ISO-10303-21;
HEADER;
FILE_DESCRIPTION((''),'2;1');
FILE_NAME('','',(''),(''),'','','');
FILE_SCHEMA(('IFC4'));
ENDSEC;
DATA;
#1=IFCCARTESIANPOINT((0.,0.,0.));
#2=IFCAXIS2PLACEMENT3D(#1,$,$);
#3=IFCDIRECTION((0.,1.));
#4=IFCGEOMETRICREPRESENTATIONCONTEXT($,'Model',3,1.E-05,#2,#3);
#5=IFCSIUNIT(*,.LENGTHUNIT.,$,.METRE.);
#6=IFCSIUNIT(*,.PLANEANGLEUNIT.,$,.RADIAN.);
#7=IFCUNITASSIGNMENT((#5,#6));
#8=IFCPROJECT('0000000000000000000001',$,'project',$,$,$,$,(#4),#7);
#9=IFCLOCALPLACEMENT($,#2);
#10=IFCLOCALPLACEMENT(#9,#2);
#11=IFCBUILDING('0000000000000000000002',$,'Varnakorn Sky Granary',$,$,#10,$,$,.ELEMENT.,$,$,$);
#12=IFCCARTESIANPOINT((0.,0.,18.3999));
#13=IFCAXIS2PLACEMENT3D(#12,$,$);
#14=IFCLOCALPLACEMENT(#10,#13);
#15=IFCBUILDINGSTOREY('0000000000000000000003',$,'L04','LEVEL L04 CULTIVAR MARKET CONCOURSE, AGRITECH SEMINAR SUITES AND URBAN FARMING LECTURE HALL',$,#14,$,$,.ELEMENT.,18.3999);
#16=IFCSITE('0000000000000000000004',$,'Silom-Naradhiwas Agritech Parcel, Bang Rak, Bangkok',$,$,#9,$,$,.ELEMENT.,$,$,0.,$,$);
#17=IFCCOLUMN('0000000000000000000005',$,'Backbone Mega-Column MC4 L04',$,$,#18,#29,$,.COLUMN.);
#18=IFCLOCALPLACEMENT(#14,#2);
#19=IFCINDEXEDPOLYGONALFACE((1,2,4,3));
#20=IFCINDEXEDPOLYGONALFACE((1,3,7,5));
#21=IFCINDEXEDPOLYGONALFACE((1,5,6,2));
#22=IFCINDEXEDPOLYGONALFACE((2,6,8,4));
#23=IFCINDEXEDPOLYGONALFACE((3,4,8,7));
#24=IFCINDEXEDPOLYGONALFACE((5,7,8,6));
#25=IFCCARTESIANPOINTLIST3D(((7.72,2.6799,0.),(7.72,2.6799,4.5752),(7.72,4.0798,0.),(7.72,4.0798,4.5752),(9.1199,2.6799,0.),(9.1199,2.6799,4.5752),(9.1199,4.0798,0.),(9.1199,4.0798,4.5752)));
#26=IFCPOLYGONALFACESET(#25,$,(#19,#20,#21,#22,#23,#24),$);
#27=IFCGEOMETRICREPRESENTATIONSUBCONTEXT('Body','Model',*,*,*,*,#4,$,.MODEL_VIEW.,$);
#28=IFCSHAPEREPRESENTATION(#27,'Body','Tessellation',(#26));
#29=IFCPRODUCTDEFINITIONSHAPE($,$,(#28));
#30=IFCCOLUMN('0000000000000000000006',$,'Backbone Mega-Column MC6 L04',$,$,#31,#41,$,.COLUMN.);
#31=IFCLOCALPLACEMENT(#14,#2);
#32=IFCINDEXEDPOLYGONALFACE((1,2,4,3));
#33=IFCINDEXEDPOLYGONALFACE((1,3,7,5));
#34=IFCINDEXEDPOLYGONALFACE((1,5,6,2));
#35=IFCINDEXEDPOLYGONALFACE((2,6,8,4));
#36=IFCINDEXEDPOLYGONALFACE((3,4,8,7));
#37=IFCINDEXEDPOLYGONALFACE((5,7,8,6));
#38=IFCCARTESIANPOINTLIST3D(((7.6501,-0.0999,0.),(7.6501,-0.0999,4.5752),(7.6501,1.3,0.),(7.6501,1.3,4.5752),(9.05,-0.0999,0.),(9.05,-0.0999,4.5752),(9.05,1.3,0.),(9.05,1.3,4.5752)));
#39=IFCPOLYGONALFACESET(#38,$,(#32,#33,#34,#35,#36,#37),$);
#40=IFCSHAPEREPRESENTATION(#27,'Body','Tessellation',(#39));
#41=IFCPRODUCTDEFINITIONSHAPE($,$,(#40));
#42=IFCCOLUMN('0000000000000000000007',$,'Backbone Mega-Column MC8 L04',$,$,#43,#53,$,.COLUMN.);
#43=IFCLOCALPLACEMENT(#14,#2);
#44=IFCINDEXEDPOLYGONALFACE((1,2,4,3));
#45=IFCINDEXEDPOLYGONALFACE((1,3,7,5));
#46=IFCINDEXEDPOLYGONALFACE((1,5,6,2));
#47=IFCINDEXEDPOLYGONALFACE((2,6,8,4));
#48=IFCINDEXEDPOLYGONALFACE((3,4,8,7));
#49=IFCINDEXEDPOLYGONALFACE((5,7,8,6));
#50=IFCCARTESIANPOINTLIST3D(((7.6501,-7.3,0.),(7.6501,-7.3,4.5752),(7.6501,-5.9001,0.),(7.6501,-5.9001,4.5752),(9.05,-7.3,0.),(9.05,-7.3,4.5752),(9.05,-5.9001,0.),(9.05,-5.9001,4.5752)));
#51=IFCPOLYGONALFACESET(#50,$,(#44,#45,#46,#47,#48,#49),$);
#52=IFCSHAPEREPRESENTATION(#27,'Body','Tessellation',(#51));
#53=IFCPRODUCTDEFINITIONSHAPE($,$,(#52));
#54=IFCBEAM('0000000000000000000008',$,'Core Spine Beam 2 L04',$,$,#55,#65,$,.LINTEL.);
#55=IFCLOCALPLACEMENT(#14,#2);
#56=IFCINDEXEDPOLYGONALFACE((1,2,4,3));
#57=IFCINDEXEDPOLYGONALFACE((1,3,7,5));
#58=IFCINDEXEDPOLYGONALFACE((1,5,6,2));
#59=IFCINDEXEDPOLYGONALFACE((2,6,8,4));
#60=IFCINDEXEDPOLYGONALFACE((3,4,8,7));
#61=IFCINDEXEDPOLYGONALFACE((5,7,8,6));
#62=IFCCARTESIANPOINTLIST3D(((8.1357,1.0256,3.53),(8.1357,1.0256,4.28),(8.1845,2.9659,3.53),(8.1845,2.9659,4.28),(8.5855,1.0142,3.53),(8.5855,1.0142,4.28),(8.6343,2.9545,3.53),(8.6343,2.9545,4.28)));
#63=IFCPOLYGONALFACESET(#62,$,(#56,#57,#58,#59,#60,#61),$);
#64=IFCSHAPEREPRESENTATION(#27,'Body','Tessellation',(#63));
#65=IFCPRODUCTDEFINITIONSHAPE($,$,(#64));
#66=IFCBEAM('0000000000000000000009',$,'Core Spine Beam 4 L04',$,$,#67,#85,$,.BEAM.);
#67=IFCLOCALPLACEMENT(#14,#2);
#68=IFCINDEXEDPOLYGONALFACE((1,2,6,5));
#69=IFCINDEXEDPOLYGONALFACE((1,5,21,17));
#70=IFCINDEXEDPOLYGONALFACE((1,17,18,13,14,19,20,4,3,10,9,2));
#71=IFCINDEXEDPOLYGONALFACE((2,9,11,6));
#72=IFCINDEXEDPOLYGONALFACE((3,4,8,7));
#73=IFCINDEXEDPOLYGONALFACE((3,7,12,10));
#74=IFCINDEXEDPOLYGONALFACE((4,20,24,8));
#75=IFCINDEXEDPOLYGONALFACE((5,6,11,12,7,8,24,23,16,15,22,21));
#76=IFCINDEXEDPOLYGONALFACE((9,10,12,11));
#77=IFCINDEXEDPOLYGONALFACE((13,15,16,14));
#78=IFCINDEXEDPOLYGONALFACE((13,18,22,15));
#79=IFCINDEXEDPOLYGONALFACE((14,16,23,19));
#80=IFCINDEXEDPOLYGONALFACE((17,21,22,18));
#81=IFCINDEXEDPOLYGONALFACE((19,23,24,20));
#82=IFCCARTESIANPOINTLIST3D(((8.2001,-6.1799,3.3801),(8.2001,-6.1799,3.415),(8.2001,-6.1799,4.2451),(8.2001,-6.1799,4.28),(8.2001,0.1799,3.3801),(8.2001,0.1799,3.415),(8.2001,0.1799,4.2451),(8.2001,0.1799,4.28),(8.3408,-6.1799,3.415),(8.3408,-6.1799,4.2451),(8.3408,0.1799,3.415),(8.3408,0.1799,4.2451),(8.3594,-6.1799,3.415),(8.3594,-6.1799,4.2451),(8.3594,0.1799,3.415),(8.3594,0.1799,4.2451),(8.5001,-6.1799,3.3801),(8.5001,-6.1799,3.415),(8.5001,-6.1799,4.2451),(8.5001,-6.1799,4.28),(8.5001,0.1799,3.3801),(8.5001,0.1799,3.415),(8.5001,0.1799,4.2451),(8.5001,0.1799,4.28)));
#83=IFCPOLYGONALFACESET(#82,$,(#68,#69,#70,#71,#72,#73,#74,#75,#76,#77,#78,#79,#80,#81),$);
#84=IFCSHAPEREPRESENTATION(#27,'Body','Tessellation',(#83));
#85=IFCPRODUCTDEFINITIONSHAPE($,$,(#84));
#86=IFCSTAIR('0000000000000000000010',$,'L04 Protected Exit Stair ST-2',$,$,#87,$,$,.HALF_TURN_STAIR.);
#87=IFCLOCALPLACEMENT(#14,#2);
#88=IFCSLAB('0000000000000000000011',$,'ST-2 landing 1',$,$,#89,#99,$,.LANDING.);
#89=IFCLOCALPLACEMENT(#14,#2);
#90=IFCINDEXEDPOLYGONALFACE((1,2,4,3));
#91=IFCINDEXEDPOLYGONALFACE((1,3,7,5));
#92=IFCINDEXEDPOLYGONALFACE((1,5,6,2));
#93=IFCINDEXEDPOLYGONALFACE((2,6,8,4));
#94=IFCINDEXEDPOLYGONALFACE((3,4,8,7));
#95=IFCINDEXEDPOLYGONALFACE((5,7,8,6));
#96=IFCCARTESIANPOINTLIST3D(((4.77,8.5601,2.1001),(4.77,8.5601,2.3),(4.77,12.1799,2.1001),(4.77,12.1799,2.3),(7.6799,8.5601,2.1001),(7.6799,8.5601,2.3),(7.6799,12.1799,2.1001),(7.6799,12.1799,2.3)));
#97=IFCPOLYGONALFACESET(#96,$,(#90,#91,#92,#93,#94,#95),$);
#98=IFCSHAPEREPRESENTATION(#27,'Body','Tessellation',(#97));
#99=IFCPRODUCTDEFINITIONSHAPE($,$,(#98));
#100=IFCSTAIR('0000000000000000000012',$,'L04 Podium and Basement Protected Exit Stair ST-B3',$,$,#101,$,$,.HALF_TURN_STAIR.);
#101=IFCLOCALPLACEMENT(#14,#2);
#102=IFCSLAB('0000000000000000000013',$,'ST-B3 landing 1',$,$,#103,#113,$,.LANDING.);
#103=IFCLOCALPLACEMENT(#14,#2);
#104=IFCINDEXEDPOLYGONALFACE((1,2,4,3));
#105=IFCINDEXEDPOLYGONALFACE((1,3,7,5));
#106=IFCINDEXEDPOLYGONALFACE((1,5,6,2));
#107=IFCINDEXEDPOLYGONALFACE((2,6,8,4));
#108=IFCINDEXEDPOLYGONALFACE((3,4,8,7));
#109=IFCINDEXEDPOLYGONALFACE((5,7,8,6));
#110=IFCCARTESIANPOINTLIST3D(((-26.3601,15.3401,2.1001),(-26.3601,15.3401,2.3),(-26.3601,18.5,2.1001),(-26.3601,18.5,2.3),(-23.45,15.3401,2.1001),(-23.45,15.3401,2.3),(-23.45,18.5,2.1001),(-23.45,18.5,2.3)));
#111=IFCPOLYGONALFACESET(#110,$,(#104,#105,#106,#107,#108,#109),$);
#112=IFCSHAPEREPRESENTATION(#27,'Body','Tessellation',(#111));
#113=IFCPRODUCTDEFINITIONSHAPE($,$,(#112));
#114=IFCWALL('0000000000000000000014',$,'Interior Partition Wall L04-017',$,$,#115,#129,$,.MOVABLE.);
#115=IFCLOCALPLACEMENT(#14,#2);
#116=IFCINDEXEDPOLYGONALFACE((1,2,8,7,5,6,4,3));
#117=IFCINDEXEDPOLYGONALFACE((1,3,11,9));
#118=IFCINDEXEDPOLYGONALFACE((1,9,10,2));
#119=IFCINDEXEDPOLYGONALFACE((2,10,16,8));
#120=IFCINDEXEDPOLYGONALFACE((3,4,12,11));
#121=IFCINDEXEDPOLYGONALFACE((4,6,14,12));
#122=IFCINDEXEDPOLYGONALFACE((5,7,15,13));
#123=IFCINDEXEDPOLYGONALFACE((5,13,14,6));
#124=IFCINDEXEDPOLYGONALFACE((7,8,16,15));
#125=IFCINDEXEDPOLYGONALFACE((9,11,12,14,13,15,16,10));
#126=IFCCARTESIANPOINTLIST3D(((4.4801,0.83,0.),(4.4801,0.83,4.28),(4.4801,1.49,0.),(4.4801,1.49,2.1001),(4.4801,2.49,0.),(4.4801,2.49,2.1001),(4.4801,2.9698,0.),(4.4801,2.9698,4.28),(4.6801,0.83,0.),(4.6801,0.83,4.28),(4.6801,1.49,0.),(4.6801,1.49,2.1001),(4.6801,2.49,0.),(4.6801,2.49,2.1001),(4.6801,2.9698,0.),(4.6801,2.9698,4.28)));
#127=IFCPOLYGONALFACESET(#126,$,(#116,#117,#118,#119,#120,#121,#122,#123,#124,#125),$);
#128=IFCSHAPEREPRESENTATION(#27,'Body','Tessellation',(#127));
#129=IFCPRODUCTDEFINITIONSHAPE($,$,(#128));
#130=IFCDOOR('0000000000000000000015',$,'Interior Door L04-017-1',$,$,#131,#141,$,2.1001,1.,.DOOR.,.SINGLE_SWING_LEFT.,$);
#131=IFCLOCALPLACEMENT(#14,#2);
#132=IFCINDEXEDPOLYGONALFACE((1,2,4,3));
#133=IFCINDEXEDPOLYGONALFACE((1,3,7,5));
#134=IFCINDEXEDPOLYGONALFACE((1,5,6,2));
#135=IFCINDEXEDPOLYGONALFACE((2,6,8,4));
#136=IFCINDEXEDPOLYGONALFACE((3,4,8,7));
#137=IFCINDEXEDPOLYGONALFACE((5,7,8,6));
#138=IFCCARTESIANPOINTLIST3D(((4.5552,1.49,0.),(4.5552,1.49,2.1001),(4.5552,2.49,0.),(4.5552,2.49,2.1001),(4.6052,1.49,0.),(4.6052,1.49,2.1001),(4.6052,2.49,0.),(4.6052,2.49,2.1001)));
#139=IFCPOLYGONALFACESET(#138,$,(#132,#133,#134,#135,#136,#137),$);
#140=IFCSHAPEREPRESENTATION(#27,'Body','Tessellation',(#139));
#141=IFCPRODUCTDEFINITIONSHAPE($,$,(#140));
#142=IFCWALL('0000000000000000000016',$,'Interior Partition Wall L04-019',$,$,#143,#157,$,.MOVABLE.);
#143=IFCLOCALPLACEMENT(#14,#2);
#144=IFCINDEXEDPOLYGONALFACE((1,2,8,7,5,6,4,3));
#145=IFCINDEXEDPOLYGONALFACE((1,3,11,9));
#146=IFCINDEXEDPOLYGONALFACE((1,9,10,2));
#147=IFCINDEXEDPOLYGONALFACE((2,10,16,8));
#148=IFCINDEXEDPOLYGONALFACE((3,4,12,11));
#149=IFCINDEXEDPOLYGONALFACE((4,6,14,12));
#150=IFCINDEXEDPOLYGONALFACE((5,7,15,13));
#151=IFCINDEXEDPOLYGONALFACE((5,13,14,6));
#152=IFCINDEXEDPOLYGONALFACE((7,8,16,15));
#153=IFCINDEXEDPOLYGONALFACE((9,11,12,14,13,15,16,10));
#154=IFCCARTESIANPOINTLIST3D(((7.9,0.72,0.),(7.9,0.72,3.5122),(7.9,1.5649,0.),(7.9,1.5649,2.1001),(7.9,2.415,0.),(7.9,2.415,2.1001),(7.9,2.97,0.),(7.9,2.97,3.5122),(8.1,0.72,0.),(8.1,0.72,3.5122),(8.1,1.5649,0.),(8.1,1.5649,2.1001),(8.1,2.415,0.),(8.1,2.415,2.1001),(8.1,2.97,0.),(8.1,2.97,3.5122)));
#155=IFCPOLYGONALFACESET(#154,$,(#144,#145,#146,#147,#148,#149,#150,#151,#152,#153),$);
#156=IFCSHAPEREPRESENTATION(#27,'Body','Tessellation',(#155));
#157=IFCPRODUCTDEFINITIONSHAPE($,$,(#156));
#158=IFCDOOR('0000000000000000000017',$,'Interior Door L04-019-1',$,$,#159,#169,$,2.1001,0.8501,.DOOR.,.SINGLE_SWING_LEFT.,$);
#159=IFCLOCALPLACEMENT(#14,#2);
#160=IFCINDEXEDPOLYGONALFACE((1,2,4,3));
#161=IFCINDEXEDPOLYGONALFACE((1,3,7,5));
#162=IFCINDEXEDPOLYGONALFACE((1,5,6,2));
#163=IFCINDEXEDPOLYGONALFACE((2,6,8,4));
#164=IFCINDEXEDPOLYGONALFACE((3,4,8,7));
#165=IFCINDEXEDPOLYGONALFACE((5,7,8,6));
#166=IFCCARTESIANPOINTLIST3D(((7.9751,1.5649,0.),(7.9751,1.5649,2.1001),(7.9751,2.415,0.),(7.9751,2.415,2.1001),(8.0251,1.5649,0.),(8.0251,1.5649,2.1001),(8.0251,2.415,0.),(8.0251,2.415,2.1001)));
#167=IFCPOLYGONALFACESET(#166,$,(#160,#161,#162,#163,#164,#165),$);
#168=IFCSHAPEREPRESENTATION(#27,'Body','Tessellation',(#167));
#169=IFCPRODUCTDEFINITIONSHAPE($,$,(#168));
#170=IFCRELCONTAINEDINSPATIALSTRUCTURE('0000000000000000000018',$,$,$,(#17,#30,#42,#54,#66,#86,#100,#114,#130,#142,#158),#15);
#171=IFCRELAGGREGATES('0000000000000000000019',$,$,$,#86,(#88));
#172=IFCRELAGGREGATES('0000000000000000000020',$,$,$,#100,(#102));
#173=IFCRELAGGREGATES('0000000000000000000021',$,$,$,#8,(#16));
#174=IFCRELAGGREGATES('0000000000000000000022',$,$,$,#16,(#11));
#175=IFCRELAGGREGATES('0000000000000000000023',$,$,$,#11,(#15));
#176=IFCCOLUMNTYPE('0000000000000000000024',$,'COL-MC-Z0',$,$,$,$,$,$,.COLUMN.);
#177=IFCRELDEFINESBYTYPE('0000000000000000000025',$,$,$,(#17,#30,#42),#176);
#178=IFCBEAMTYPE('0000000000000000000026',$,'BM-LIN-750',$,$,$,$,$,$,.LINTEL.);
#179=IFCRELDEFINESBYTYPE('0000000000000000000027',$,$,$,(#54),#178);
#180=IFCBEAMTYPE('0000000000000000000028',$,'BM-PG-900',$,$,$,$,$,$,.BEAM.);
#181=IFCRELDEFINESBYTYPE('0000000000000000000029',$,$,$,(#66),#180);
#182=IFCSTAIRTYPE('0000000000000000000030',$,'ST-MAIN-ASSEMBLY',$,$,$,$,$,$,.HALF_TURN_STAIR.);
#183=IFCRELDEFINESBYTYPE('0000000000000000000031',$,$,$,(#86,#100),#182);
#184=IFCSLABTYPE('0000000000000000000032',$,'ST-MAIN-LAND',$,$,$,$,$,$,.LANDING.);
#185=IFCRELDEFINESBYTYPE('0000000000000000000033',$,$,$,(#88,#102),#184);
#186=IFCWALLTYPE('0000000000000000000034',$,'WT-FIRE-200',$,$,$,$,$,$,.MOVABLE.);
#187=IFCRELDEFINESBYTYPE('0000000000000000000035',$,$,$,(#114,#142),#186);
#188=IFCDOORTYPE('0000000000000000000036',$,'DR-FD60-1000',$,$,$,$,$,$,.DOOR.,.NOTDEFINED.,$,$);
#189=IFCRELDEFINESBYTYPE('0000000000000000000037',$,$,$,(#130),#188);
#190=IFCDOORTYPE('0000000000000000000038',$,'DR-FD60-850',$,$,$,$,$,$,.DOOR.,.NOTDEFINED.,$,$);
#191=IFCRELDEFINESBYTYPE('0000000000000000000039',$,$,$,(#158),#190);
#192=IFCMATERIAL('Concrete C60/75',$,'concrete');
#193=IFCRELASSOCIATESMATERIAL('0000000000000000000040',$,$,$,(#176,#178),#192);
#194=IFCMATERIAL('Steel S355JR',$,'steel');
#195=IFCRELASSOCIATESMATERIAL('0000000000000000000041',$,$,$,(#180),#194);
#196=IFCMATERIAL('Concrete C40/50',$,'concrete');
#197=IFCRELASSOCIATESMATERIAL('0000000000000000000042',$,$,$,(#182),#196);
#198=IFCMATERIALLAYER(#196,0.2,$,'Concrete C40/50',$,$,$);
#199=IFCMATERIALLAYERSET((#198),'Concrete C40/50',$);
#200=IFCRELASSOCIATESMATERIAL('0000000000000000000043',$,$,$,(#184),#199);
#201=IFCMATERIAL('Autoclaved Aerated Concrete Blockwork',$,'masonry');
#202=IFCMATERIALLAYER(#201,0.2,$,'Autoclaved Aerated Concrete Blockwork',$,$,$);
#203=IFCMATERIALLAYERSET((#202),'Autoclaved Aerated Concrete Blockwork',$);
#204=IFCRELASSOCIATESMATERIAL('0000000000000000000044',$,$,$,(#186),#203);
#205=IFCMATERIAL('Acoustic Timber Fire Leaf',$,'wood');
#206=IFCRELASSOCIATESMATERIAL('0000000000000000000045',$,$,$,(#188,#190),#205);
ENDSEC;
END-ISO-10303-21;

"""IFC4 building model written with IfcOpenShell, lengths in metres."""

from ifc_helpers import new_model, si_unit, direction, frame, frame_2d, origin, origin_2d, place, context, subcontext, project, spatial, polyline, rectangle, i_section, outline, extrude, material, layer, layer_set, material_profile, profile_set, type_object, element, fill, aggregate, save


model = new_model("IFC4")

# Units and contexts
model_context = context("Model", 3, precision=1e-05, world=origin(), true_north=direction((0.0, 1.0)))
body_context = subcontext(model_context, "Body", "Model", "MODEL_VIEW")
ifc_project = project(units=[si_unit("LENGTHUNIT", "METRE"), si_unit("PLANEANGLEUNIT", "RADIAN")], contexts=[model_context])

# Site, building, storey
site_placement = place(None, origin())
site = spatial("IfcSite", under=ifc_project, at=site_placement, Name="Silom-Naradhiwas Agritech Parcel, Bang Rak, Bangkok", CompositionType="ELEMENT", RefElevation=0.0)
building_placement = place(site_placement, origin())
building = spatial("IfcBuilding", under=site, at=building_placement, Name="Varnakorn Sky Granary", CompositionType="ELEMENT")
storey_placement = place(building_placement, frame((0.0, 0.0, 18.3999)))
storey = spatial("IfcBuildingStorey", under=building, at=storey_placement, Name="L04", Description="LEVEL L04 CULTIVAR MARKET CONCOURSE, AGRITECH SEMINAR SUITES AND URBAN FARMING LECTURE HALL", CompositionType="ELEMENT", Elevation=18.3999)

# Columns
ifc_material_1 = material(Name="Concrete C60/75", Category="concrete")
ifc_material_profile_1 = material_profile(ifc_material_1, rectangle(XDim=1.3999, YDim=1.3999, at=origin_2d()), Name="RC 1400x1400")
ifc_profile_set_1 = profile_set([ifc_material_profile_1], Name="Concrete C60/75")
column_type = type_object("IfcColumnType", Name="COL-MC-Z0", PredefinedType="COLUMN", material=ifc_profile_set_1)
for number, where, z_axis, x_axis, name in (
    (1, (8.4199, 3.3799, 0.0), (0.0, 0.0, 1.0), (1.0, 0.0, 0.0), "Backbone Mega-Column MC4 L04"),
    (2, (8.3501, 0.6001, 0.0), (0.0, 0.0, 1.0), (1.0, 0.0, 0.0), "Backbone Mega-Column MC6 L04"),
    (3, (8.3501, -6.6001, 0.0), (0.0, 0.0, 1.0), (1.0, 0.0, 0.0), "Backbone Mega-Column MC8 L04"),
):
    element("IfcColumn", number, at=place(storey_placement, frame(where, z_axis=z_axis, x_axis=x_axis)), inside=storey, type_object=column_type, Name=name, PredefinedType="COLUMN", context=body_context, shape_type="SweptSolid", body=[
        extrude(rectangle(XDim=1.3999, YDim=1.3999, at=origin_2d()), origin(), (0.0, 0.0, 1.0), 4.5752),
    ])

# Beams
ifc_material_profile_2 = material_profile(ifc_material_1, rectangle(XDim=0.45, YDim=0.75, at=origin_2d()), Name="RC 450x750")
ifc_profile_set_2 = profile_set([ifc_material_profile_2], Name="Concrete C60/75")
beam_type_1 = type_object("IfcBeamType", Name="BM-LIN-750", PredefinedType="LINTEL", material=ifc_profile_set_2)
beam_1_placement = place(storey_placement, frame((8.4094, 2.9602, 3.905), z_axis=(-0.025159, -0.999683, 0.0), x_axis=(0.999683, -0.025159, 0.0)))
element("IfcBeam", 4, at=beam_1_placement, inside=storey, type_object=beam_type_1, Name="Core Spine Beam 2 L04", PredefinedType="LINTEL", context=body_context, shape_type="SweptSolid", body=[
    extrude(rectangle(XDim=0.45, YDim=0.75, at=origin_2d()), origin(), (0.0, 0.0, 1.0), 1.9409),
])
ifc_material_2 = material(Name="Steel S355JR", Category="steel")
ifc_material_profile_3 = material_profile(ifc_material_2, i_section(OverallWidth=0.3, OverallDepth=0.8999, WebThickness=0.0186, FlangeThickness=0.0349, at=origin_2d()), Name="HE 900 B")
ifc_profile_set_3 = profile_set([ifc_material_profile_3], Name="Steel S355JR")
beam_type_2 = type_object("IfcBeamType", Name="BM-PG-900", PredefinedType="BEAM", material=ifc_profile_set_3)
beam_2_placement = place(storey_placement, frame((8.3501, 0.1799, 3.8301), z_axis=(0.0, -1.0, 0.0), x_axis=(1.0, 0.0, 0.0)))
element("IfcBeam", 5, at=beam_2_placement, inside=storey, type_object=beam_type_2, Name="Core Spine Beam 4 L04", PredefinedType="BEAM", context=body_context, shape_type="SweptSolid", body=[
    extrude(i_section(OverallWidth=0.3, OverallDepth=0.8999, WebThickness=0.0186, FlangeThickness=0.0349, at=origin_2d()), origin(), (0.0, 0.0, 1.0), 6.3599),
])

# Stairs, slabs
ifc_material_3 = material(Name="Concrete C40/50", Category="concrete")
stair_type = type_object("IfcStairType", Name="ST-MAIN-ASSEMBLY", PredefinedType="HALF_TURN_STAIR", material=ifc_material_3)
stair_1_placement = place(storey_placement, origin())
stair_1 = element("IfcStair", 6, at=stair_1_placement, inside=storey, type_object=stair_type, Name="L04 Protected Exit Stair ST-2", PredefinedType="HALF_TURN_STAIR")
ifc_layer_1 = layer(ifc_material_3, 0.2, Name="Concrete C40/50")
ifc_layer_set_1 = layer_set([ifc_layer_1], Name="Concrete C40/50")
slab_type = type_object("IfcSlabType", Name="ST-MAIN-LAND", PredefinedType="LANDING", material=ifc_layer_set_1)
slab_1_placement = place(storey_placement, frame((0.0, 0.0, 2.1001)))
slab_1 = element("IfcSlab", 7, at=slab_1_placement, type_object=slab_type, Name="ST-2 landing 1", PredefinedType="LANDING", context=body_context, shape_type="SweptSolid", body=[
    extrude(outline(polyline([(7.6799, 8.5601), (7.6799, 12.1799), (4.77, 12.1799), (4.77, 8.5601), (7.6799, 8.5601)])), origin(), (0.0, 0.0, 1.0), 0.2),
])
aggregate(stair_1, [slab_1])
stair_2_placement = place(storey_placement, origin())
stair_2 = element("IfcStair", 8, at=stair_2_placement, inside=storey, type_object=stair_type, Name="L04 Podium and Basement Protected Exit Stair ST-B3", PredefinedType="HALF_TURN_STAIR")
slab_2_placement = place(storey_placement, frame((0.0, 0.0, 2.1001)))
slab_2 = element("IfcSlab", 9, at=slab_2_placement, type_object=slab_type, Name="ST-B3 landing 1", PredefinedType="LANDING", context=body_context, shape_type="SweptSolid", body=[
    extrude(outline(polyline([(-23.45, 15.3401), (-23.45, 18.5), (-26.3601, 18.5), (-26.3601, 15.3401), (-23.45, 15.3401)])), origin(), (0.0, 0.0, 1.0), 0.2),
])
aggregate(stair_2, [slab_2])

# Walls, openings, doors
ifc_material_4 = material(Name="Autoclaved Aerated Concrete Blockwork", Category="masonry")
ifc_layer_2 = layer(ifc_material_4, 0.2, Name="Autoclaved Aerated Concrete Blockwork")
ifc_layer_set_2 = layer_set([ifc_layer_2], Name="Autoclaved Aerated Concrete Blockwork")
wall_type_1 = type_object("IfcWallType", Name="WT-FIRE-200", PredefinedType="MOVABLE", material=ifc_layer_set_2)
wall_1_placement = place(storey_placement, frame((4.5801, 0.8301, 0.0), z_axis=(0.0, 0.0, 1.0), x_axis=(0.0, 1.0, 0.0)))
wall_1 = element("IfcWall", 10, at=wall_1_placement, inside=storey, type_object=wall_type_1, Name="Interior Partition Wall L04-017", PredefinedType="MOVABLE", context=body_context, shape_type="SweptSolid", body=[
    extrude(rectangle(XDim=2.1399, YDim=0.2, at=frame_2d((1.0698, 0.0))), origin(), (0.0, 0.0, 1.0), 4.28),
])
opening_1_placement = place(wall_1_placement, frame((0.6599, 0.0, 0.0)))
opening_1 = element("IfcOpeningElement", 11, at=opening_1_placement, cuts=wall_1, PredefinedType="OPENING", context=body_context, shape_type="SweptSolid", body=[
    extrude(rectangle(XDim=1.0, YDim=2.1001, at=frame_2d((0.5, 1.05))), frame((0.0, 0.1099, 0.0), z_axis=(0.0, -1.0, 0.0), x_axis=(1.0, 0.0, 0.0)), (0.0, 0.0, 1.0), 0.22),
])
ifc_material_5 = material(Name="Acoustic Timber Fire Leaf", Category="wood")
door_type_1 = type_object("IfcDoorType", Name="DR-FD60-1000", OperationType="NOTDEFINED", PredefinedType="DOOR", material=ifc_material_5)
door_1_placement = place(opening_1_placement, origin())
door_1 = element("IfcDoor", 12, at=door_1_placement, inside=storey, type_object=door_type_1, Name="Interior Door L04-017-1", OperationType="SINGLE_SWING_LEFT", OverallHeight=2.1001, OverallWidth=1.0, PredefinedType="DOOR", context=body_context, shape_type="SweptSolid", body=[
    extrude(rectangle(XDim=1.0, YDim=2.1001, at=frame_2d((0.5, 1.05))), frame((0.0, 0.0249, 0.0), z_axis=(0.0, -1.0, 0.0), x_axis=(1.0, 0.0, 0.0)), (0.0, 0.0, 1.0), 0.05),
])
fill(opening_1, door_1)
wall_2_placement = place(storey_placement, frame((8.0, 0.72, 0.0), z_axis=(0.0, 0.0, 1.0), x_axis=(0.0, 1.0, 0.0)))
wall_2 = element("IfcWall", 13, at=wall_2_placement, inside=storey, type_object=wall_type_1, Name="Interior Partition Wall L04-019", PredefinedType="MOVABLE", context=body_context, shape_type="SweptSolid", body=[
    extrude(rectangle(XDim=2.25, YDim=0.2, at=frame_2d((1.125, 0.0))), origin(), (0.0, 0.0, 1.0), 3.5122),
])
opening_2_placement = place(wall_2_placement, frame((0.845, 0.0, 0.0)))
opening_2 = element("IfcOpeningElement", 14, at=opening_2_placement, cuts=wall_2, PredefinedType="OPENING", context=body_context, shape_type="SweptSolid", body=[
    extrude(rectangle(XDim=0.8501, YDim=2.1001, at=frame_2d((0.425, 1.05))), frame((0.0, 0.1099, 0.0), z_axis=(0.0, -1.0, 0.0), x_axis=(1.0, 0.0, 0.0)), (0.0, 0.0, 1.0), 0.22),
])
door_type_2 = type_object("IfcDoorType", Name="DR-FD60-850", OperationType="NOTDEFINED", PredefinedType="DOOR", material=ifc_material_5)
door_2_placement = place(opening_2_placement, origin())
door_2 = element("IfcDoor", 15, at=door_2_placement, inside=storey, type_object=door_type_2, Name="Interior Door L04-019-1", OperationType="SINGLE_SWING_LEFT", OverallHeight=2.1001, OverallWidth=0.8501, PredefinedType="DOOR", context=body_context, shape_type="SweptSolid", body=[
    extrude(rectangle(XDim=0.8501, YDim=2.1001, at=frame_2d((0.425, 1.05))), frame((0.0, 0.0249, 0.0), z_axis=(0.0, -1.0, 0.0), x_axis=(1.0, 0.0, 0.0)), (0.0, 0.0, 1.0), 0.05),
])
fill(opening_2, door_2)

save(model, "model.ifc")
